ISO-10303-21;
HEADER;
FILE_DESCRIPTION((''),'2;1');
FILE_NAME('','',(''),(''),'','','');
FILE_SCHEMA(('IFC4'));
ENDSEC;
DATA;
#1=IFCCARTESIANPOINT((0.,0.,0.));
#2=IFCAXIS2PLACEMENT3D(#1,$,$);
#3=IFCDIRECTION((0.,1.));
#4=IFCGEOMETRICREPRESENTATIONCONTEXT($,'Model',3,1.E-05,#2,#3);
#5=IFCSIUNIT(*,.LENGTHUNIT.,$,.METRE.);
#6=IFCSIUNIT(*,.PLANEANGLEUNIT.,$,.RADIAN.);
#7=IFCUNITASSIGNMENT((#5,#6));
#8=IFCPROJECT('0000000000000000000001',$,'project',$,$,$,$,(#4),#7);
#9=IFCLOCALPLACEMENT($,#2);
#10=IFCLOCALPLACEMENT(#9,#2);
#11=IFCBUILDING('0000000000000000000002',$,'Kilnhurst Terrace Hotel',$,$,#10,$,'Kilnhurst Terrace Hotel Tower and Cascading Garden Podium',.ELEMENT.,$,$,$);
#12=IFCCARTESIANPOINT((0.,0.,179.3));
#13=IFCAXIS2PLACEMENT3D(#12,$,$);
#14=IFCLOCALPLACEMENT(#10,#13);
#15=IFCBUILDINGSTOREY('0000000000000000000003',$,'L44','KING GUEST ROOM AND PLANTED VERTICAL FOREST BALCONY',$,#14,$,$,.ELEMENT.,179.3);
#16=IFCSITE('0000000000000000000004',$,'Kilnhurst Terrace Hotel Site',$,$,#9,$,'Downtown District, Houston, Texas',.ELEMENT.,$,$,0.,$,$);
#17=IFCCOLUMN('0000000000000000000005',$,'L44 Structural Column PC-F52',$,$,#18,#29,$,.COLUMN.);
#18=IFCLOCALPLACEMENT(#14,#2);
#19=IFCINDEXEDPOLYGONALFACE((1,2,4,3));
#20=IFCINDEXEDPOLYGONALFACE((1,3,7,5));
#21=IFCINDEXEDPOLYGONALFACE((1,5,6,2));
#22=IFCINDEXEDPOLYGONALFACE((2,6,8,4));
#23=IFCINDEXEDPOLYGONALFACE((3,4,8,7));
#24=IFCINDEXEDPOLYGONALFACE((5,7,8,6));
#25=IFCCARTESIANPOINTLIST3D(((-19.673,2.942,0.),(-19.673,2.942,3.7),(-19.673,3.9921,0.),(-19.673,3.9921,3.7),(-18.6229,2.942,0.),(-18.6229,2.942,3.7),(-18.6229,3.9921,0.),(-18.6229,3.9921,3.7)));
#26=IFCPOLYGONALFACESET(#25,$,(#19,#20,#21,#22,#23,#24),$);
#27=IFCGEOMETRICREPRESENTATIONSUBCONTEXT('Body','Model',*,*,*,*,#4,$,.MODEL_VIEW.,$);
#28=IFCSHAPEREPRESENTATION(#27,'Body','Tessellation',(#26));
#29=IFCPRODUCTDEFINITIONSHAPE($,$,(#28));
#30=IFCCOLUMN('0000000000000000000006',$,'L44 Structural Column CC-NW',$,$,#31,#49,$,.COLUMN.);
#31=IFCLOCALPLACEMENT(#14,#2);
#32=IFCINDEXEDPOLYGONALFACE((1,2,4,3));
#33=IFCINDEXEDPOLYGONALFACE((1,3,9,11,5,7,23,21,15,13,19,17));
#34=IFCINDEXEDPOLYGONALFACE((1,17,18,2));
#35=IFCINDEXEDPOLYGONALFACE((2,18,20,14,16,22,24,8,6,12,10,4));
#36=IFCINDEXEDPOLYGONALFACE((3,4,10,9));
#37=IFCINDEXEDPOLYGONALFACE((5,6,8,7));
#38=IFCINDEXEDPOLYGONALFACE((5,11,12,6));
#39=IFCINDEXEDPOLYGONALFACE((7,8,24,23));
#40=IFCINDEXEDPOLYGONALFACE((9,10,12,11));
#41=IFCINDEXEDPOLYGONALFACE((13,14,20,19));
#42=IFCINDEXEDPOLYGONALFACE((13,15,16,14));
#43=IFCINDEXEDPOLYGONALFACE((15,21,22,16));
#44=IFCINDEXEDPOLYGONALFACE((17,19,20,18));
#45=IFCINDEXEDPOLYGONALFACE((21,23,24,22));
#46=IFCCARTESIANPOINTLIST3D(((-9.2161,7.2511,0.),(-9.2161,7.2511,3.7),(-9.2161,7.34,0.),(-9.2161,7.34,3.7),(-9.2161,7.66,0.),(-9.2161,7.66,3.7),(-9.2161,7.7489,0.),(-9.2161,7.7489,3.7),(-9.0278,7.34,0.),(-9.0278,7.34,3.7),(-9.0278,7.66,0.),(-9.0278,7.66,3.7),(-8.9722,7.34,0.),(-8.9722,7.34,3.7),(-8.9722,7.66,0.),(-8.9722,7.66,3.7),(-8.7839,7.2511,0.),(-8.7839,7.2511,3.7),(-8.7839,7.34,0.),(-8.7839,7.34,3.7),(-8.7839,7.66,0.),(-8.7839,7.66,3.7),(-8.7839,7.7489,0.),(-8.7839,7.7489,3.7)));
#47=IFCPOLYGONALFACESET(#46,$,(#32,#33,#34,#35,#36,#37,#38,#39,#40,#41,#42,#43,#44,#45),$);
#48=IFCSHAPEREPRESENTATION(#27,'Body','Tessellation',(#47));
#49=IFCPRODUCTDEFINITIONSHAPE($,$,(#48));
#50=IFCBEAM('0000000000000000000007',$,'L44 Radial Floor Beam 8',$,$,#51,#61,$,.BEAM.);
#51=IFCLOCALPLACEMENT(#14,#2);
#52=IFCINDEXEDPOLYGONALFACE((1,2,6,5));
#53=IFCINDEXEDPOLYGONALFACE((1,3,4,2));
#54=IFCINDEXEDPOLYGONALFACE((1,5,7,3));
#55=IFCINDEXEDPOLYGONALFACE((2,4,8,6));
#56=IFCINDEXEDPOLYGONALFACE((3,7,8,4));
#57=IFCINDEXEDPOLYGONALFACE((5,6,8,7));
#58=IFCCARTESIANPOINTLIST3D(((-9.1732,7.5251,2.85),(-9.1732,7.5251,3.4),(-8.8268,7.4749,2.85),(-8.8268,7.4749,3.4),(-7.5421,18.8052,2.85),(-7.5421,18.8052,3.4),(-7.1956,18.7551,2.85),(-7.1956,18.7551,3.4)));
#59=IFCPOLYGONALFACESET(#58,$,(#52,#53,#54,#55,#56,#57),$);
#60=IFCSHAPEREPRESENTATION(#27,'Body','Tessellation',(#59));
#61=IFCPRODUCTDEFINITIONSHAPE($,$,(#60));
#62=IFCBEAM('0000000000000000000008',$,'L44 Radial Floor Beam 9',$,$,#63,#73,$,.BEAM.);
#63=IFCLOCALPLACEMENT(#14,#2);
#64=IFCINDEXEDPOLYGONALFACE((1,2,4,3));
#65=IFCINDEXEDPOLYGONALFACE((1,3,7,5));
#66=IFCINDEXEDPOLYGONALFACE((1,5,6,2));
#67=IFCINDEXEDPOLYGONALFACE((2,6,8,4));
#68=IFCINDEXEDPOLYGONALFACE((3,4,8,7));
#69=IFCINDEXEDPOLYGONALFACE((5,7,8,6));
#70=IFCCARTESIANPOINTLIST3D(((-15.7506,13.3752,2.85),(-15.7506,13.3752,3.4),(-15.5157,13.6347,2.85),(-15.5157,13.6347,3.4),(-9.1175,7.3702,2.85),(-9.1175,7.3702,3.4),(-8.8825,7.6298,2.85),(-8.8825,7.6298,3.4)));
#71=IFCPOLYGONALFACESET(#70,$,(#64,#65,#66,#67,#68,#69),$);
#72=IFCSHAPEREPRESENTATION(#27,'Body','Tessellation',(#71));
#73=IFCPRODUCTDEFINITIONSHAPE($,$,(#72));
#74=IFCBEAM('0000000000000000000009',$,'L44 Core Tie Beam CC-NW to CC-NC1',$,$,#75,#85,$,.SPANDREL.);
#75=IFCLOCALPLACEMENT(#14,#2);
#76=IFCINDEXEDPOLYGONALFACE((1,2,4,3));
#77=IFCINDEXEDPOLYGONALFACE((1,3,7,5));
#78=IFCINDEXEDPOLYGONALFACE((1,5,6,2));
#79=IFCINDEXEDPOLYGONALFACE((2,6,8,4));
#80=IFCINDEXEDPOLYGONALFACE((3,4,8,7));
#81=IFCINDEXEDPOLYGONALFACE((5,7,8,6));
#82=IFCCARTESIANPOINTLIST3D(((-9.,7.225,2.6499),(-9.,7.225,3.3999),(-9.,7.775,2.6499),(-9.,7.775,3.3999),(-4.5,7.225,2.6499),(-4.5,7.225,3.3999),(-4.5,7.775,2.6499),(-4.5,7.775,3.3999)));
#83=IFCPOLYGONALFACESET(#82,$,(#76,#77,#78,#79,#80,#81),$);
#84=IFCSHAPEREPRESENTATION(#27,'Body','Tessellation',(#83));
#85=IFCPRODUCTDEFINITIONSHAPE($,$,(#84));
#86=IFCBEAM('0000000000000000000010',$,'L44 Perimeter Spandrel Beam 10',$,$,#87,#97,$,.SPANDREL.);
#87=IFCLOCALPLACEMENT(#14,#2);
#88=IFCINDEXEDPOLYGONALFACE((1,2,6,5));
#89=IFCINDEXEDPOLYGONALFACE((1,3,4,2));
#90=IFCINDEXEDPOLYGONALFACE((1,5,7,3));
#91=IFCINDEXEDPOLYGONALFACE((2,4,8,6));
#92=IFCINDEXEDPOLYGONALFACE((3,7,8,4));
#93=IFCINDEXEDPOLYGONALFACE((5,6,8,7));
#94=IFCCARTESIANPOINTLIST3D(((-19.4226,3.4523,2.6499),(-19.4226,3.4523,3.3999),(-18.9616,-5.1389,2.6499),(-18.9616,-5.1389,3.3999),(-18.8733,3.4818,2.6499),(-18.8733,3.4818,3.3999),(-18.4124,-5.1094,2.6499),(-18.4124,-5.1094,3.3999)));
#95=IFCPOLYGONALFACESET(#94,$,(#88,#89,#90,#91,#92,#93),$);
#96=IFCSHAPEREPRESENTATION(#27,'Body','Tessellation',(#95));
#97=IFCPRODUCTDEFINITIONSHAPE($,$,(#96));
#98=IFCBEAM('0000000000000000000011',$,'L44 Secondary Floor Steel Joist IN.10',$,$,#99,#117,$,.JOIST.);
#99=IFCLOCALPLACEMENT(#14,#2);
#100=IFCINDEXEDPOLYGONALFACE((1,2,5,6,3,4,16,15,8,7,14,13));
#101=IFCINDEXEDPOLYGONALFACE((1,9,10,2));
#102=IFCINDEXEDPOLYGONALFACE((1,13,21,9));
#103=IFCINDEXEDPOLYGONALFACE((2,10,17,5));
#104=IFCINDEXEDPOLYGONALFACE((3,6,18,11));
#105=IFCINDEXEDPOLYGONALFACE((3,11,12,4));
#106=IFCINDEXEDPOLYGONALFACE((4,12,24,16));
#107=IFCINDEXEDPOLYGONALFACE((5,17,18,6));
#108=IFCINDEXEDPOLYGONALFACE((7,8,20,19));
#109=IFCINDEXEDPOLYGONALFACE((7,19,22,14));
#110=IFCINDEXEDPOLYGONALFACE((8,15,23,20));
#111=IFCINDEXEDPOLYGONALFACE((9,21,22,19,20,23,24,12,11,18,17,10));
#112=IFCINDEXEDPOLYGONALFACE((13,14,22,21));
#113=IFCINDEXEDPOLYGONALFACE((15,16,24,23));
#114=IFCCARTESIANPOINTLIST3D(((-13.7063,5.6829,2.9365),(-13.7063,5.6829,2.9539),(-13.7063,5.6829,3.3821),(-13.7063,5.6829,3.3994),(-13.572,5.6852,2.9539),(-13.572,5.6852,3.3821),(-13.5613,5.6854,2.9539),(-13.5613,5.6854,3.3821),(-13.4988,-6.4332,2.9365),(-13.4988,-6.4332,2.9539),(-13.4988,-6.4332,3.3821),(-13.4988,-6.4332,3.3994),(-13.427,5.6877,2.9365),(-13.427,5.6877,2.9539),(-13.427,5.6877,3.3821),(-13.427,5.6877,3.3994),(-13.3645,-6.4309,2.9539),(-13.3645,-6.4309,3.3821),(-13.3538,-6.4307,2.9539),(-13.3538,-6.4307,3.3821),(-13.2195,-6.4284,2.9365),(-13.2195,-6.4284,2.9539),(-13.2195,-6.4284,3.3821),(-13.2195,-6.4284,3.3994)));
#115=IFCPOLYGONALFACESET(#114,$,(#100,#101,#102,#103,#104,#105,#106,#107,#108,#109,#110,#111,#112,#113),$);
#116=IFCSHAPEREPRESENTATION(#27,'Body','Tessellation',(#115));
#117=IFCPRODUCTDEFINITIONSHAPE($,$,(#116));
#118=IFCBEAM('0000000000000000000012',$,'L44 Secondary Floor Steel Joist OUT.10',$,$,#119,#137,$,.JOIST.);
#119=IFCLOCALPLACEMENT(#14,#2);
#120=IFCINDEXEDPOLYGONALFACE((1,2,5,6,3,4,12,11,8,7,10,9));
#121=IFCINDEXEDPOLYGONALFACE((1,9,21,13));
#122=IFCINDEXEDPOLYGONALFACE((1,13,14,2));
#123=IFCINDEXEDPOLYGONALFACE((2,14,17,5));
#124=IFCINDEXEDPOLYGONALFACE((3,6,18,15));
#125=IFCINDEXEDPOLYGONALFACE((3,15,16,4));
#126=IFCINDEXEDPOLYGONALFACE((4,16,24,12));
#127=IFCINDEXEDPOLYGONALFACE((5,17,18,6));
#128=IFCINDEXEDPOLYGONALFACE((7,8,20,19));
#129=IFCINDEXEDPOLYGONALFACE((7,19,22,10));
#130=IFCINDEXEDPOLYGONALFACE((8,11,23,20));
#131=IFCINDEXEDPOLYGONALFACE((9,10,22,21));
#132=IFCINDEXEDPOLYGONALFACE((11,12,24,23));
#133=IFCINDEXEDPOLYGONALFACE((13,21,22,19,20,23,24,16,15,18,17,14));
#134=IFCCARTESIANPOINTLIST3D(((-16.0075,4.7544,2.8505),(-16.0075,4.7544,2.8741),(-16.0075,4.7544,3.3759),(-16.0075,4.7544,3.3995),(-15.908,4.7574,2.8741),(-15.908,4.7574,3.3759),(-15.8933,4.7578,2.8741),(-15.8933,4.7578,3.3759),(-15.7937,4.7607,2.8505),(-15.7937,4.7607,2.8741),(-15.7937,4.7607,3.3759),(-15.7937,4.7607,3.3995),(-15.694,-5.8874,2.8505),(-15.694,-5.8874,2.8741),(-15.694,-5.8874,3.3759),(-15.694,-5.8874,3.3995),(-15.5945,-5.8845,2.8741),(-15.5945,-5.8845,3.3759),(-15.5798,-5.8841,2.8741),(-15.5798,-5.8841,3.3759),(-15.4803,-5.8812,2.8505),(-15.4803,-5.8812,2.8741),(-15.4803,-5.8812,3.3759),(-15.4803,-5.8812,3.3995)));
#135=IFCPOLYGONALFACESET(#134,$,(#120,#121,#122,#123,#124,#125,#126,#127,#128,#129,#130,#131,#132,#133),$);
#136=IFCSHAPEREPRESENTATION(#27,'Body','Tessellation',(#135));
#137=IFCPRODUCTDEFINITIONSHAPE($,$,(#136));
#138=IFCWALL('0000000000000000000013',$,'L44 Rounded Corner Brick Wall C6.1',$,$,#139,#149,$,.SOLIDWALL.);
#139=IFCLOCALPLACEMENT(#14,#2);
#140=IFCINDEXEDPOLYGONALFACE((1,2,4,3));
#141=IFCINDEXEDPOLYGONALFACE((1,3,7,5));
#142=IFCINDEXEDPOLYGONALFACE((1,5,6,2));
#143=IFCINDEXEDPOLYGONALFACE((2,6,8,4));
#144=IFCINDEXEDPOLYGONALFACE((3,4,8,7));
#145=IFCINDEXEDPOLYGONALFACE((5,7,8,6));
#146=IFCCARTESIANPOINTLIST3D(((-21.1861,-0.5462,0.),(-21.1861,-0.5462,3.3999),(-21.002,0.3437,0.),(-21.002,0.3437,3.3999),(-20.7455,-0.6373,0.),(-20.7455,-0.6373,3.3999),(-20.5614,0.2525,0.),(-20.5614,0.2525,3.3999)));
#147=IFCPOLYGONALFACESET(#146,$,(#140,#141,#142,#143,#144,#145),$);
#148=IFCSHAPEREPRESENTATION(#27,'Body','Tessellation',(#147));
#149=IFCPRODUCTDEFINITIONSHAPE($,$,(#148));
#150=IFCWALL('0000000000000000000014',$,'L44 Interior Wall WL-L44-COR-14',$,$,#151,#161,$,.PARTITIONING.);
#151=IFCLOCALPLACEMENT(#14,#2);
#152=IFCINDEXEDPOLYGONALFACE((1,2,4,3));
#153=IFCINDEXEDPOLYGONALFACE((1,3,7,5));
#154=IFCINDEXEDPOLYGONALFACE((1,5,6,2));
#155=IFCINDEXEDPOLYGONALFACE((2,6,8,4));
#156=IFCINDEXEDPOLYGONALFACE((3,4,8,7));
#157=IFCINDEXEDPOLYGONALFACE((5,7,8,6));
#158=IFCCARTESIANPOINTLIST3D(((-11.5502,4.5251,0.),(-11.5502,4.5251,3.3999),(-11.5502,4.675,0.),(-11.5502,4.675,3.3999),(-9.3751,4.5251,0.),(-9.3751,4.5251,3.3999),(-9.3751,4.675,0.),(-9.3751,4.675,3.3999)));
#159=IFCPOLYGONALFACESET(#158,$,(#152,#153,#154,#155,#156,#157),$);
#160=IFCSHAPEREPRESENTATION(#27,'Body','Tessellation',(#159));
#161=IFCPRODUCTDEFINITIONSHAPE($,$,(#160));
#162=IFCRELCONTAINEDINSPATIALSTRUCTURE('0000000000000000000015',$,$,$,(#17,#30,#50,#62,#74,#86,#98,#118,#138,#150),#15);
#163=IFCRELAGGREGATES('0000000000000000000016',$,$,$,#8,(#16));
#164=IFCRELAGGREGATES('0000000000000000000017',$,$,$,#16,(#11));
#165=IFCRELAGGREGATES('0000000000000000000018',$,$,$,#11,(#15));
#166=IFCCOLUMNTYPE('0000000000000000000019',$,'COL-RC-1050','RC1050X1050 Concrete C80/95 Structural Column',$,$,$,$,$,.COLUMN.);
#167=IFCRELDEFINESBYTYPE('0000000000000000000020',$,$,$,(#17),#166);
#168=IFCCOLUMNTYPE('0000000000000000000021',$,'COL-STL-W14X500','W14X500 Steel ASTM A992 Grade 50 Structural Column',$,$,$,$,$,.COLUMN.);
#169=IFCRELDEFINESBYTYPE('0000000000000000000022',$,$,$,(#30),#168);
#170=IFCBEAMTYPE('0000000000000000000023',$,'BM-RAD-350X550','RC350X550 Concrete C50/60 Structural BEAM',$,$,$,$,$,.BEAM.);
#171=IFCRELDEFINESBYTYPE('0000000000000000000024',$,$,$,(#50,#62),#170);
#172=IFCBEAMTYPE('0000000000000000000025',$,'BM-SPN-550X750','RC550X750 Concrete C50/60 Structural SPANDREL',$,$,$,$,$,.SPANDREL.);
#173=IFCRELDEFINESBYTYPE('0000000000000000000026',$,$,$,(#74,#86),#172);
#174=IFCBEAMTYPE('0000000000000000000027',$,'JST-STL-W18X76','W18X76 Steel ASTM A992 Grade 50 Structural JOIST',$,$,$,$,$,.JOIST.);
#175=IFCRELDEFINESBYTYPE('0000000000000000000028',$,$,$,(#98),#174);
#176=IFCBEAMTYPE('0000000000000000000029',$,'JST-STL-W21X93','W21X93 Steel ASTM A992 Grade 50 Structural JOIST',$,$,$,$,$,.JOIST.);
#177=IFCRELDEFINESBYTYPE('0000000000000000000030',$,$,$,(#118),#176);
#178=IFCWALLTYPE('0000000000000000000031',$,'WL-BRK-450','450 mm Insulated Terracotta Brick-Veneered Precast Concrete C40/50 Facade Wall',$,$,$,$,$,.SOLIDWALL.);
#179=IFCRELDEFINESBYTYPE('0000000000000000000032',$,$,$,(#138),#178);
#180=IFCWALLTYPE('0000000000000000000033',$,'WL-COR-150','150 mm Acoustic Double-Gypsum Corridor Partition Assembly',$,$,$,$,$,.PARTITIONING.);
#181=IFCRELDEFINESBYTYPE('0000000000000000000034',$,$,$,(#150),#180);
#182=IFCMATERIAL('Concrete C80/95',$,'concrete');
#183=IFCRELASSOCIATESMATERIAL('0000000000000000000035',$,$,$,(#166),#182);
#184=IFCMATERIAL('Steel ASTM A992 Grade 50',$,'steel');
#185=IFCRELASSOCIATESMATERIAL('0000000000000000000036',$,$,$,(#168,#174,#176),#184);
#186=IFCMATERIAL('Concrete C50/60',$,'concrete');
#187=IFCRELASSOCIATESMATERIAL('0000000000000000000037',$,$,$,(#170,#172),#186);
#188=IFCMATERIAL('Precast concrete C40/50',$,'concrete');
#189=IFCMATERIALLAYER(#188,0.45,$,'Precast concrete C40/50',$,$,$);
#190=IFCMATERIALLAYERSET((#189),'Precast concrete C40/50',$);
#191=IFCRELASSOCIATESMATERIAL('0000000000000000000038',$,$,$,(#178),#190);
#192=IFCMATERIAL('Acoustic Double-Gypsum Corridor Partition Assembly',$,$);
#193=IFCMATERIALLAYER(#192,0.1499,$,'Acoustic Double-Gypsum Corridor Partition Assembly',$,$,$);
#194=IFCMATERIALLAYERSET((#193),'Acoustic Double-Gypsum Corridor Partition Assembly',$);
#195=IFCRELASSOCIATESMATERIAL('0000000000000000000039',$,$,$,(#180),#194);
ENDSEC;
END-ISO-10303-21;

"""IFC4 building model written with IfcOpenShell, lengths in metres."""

from ifc_helpers import new_model, si_unit, direction, frame, frame_2d, origin, origin_2d, place, context, subcontext, project, spatial, rectangle, i_section, extrude, material, layer, layer_set, material_profile, profile_set, type_object, element, save


model = new_model("IFC4")

# Units and contexts
model_context = context("Model", 3, precision=1e-05, world=origin(), true_north=direction((0.0, 1.0)))
body_context = subcontext(model_context, "Body", "Model", "MODEL_VIEW")
ifc_project = project(units=[si_unit("LENGTHUNIT", "METRE"), si_unit("PLANEANGLEUNIT", "RADIAN")], contexts=[model_context])

# Site, building, storey
site_placement = place(None, origin())
site = spatial("IfcSite", under=ifc_project, at=site_placement, Name="Kilnhurst Terrace Hotel Site", LongName="Downtown District, Houston, Texas", CompositionType="ELEMENT", RefElevation=0.0)
building_placement = place(site_placement, origin())
building = spatial("IfcBuilding", under=site, at=building_placement, Name="Kilnhurst Terrace Hotel", LongName="Kilnhurst Terrace Hotel Tower and Cascading Garden Podium", CompositionType="ELEMENT")
storey_placement = place(building_placement, frame((0.0, 0.0, 179.3)))
storey = spatial("IfcBuildingStorey", under=building, at=storey_placement, Name="L44", Description="KING GUEST ROOM AND PLANTED VERTICAL FOREST BALCONY", CompositionType="ELEMENT", Elevation=179.3)

# Columns
ifc_material_1 = material(Name="Concrete C80/95", Category="concrete")
ifc_material_profile_1 = material_profile(ifc_material_1, rectangle(XDim=1.05, YDim=1.05, at=origin_2d()), Name="RC1050X1050")
ifc_profile_set_1 = profile_set([ifc_material_profile_1], Name="Concrete C80/95")
column_type_1 = type_object("IfcColumnType", Name="COL-RC-1050", Description="RC1050X1050 Concrete C80/95 Structural Column", PredefinedType="COLUMN", material=ifc_profile_set_1)
column_1_placement = place(storey_placement, frame((-19.1479, 3.467, 0.0), z_axis=(0.0, 0.0, 1.0), x_axis=(1.0, 0.0, 0.0)))
element("IfcColumn", 1, at=column_1_placement, inside=storey, type_object=column_type_1, Name="L44 Structural Column PC-F52", PredefinedType="COLUMN", context=body_context, shape_type="SweptSolid", body=[
    extrude(rectangle(XDim=1.05, YDim=1.05, at=origin_2d()), origin(), (0.0, 0.0, 1.0), 3.7),
])
ifc_material_2 = material(Name="Steel ASTM A992 Grade 50", Category="steel")
ifc_material_profile_2 = material_profile(ifc_material_2, i_section(OverallWidth=0.4321, OverallDepth=0.4978, WebThickness=0.0557, FlangeThickness=0.0889, at=origin_2d()), Name="W14X500")
ifc_profile_set_2 = profile_set([ifc_material_profile_2], Name="Steel ASTM A992 Grade 50")
column_type_2 = type_object("IfcColumnType", Name="COL-STL-W14X500", Description="W14X500 Steel ASTM A992 Grade 50 Structural Column", PredefinedType="COLUMN", material=ifc_profile_set_2)
column_2_placement = place(storey_placement, frame((-9.0, 7.5, 0.0), z_axis=(0.0, 0.0, 1.0), x_axis=(1.0, 0.0, 0.0)))
element("IfcColumn", 2, at=column_2_placement, inside=storey, type_object=column_type_2, Name="L44 Structural Column CC-NW", PredefinedType="COLUMN", context=body_context, shape_type="SweptSolid", body=[
    extrude(i_section(OverallWidth=0.4321, OverallDepth=0.4978, WebThickness=0.0557, FlangeThickness=0.0889, at=origin_2d()), origin(), (0.0, 0.0, 1.0), 3.7),
])

# Beams
ifc_material_3 = material(Name="Concrete C50/60", Category="concrete")
ifc_material_profile_3 = material_profile(ifc_material_3, rectangle(XDim=0.3501, YDim=0.55, at=origin_2d()), Name="RC350X550")
ifc_profile_set_3 = profile_set([ifc_material_profile_3], Name="Concrete C50/60")
beam_type_1 = type_object("IfcBeamType", Name="BM-RAD-350X550", Description="RC350X550 Concrete C50/60 Structural BEAM", PredefinedType="BEAM", material=ifc_profile_set_3)
beam_1_placement = place(storey_placement, frame((-9.0, 7.5, 3.125), z_axis=(0.143113, 0.989706, 0.0), x_axis=(-0.989706, 0.143113, 0.0)))
element("IfcBeam", 3, at=beam_1_placement, inside=storey, type_object=beam_type_1, Name="L44 Radial Floor Beam 8", PredefinedType="BEAM", context=body_context, shape_type="SweptSolid", body=[
    extrude(rectangle(XDim=0.3501, YDim=0.55, at=origin_2d()), origin(), (0.0, 0.0, 1.0), 11.3975),
])
beam_2_placement = place(storey_placement, frame((-9.0, 7.5, 3.125), z_axis=(-0.741339, 0.671131, 0.0), x_axis=(-0.671131, -0.741339, 0.0)))
element("IfcBeam", 4, at=beam_2_placement, inside=storey, type_object=beam_type_1, Name="L44 Radial Floor Beam 9", PredefinedType="BEAM", context=body_context, shape_type="SweptSolid", body=[
    extrude(rectangle(XDim=0.3501, YDim=0.55, at=origin_2d()), origin(), (0.0, 0.0, 1.0), 8.9475),
])
ifc_material_profile_4 = material_profile(ifc_material_3, rectangle(XDim=0.55, YDim=0.75, at=origin_2d()), Name="RC550X750")
ifc_profile_set_4 = profile_set([ifc_material_profile_4], Name="Concrete C50/60")
beam_type_2 = type_object("IfcBeamType", Name="BM-SPN-550X750", Description="RC550X750 Concrete C50/60 Structural SPANDREL", PredefinedType="SPANDREL", material=ifc_profile_set_4)
beam_3_placement = place(storey_placement, frame((-9.0, 7.5, 3.0249), z_axis=(1.0, 0.0, 0.0), x_axis=(0.0, 1.0, 0.0)))
element("IfcBeam", 5, at=beam_3_placement, inside=storey, type_object=beam_type_2, Name="L44 Core Tie Beam CC-NW to CC-NC1", PredefinedType="SPANDREL", context=body_context, shape_type="SweptSolid", body=[
    extrude(rectangle(XDim=0.55, YDim=0.75, at=origin_2d()), origin(), (0.0, 0.0, 1.0), 4.5),
])
beam_4_placement = place(storey_placement, frame((-19.1479, 3.467, 3.0249), z_axis=(0.053576, -0.998564, 0.0), x_axis=(0.998564, 0.053576, 0.0)))
element("IfcBeam", 6, at=beam_4_placement, inside=storey, type_object=beam_type_2, Name="L44 Perimeter Spandrel Beam 10", PredefinedType="SPANDREL", context=body_context, shape_type="SweptSolid", body=[
    extrude(rectangle(XDim=0.55, YDim=0.75, at=origin_2d()), origin(), (0.0, 0.0, 1.0), 8.6035),
])
ifc_material_profile_5 = material_profile(ifc_material_2, i_section(OverallWidth=0.2793, OverallDepth=0.4629, WebThickness=0.0107, FlangeThickness=0.0173, at=origin_2d()), Name="W18X76")
ifc_profile_set_5 = profile_set([ifc_material_profile_5], Name="Steel ASTM A992 Grade 50")
beam_type_3 = type_object("IfcBeamType", Name="JST-STL-W18X76", Description="W18X76 Steel ASTM A992 Grade 50 Structural JOIST", PredefinedType="JOIST", material=ifc_profile_set_5)
beam_5_placement = place(storey_placement, frame((-13.5667, 5.6853, 3.168), z_axis=(0.017125, -0.999853, 0.0), x_axis=(0.999853, 0.017125, 0.0)))
element("IfcBeam", 7, at=beam_5_placement, inside=storey, type_object=beam_type_3, Name="L44 Secondary Floor Steel Joist IN.10", PredefinedType="JOIST", context=body_context, shape_type="SweptSolid", body=[
    extrude(i_section(OverallWidth=0.2793, OverallDepth=0.4629, WebThickness=0.0107, FlangeThickness=0.0173, at=origin_2d()), origin(), (0.0, 0.0, 1.0), 12.1179),
])
ifc_material_profile_6 = material_profile(ifc_material_2, i_section(OverallWidth=0.2139, OverallDepth=0.5491, WebThickness=0.0146, FlangeThickness=0.0237, at=origin_2d()), Name="W21X93")
ifc_profile_set_6 = profile_set([ifc_material_profile_6], Name="Steel ASTM A992 Grade 50")
beam_type_4 = type_object("IfcBeamType", Name="JST-STL-W21X93", Description="W21X93 Steel ASTM A992 Grade 50 Structural JOIST", PredefinedType="JOIST", material=ifc_profile_set_6)
beam_6_placement = place(storey_placement, frame((-15.9006, 4.7576, 3.125), z_axis=(0.029444, -0.999566, 0.0), x_axis=(0.999566, 0.029444, 0.0)))
element("IfcBeam", 8, at=beam_6_placement, inside=storey, type_object=beam_type_4, Name="L44 Secondary Floor Steel Joist OUT.10", PredefinedType="JOIST", context=body_context, shape_type="SweptSolid", body=[
    extrude(i_section(OverallWidth=0.2139, OverallDepth=0.5491, WebThickness=0.0146, FlangeThickness=0.0237, at=origin_2d()), origin(), (0.0, 0.0, 1.0), 10.6465),
])

# Walls
ifc_material_4 = material(Name="Precast concrete C40/50", Category="concrete")
ifc_layer_1 = layer(ifc_material_4, 0.45, Name="Precast concrete C40/50")
ifc_layer_set_1 = layer_set([ifc_layer_1], Name="Precast concrete C40/50")
wall_type_1 = type_object("IfcWallType", Name="WL-BRK-450", Description="450 mm Insulated Terracotta Brick-Veneered Precast Concrete C40/50 Facade Wall", PredefinedType="SOLIDWALL", material=ifc_layer_set_1)
wall_1_placement = place(storey_placement, frame((-20.7817, 0.2981, 0.0), z_axis=(0.0, 0.0, 1.0), x_axis=(-0.20257, -0.979268, 0.0)))
element("IfcWall", 9, at=wall_1_placement, inside=storey, type_object=wall_type_1, Name="L44 Rounded Corner Brick Wall C6.1", PredefinedType="SOLIDWALL", context=body_context, shape_type="SweptSolid", body=[
    extrude(rectangle(XDim=0.9087, YDim=0.45, at=frame_2d((0.4543, 0.0))), origin(), (0.0, 0.0, 1.0), 3.3999),
])
ifc_material_5 = material(Name="Acoustic Double-Gypsum Corridor Partition Assembly")
ifc_layer_2 = layer(ifc_material_5, 0.1499, Name="Acoustic Double-Gypsum Corridor Partition Assembly")
ifc_layer_set_2 = layer_set([ifc_layer_2], Name="Acoustic Double-Gypsum Corridor Partition Assembly")
wall_type_2 = type_object("IfcWallType", Name="WL-COR-150", Description="150 mm Acoustic Double-Gypsum Corridor Partition Assembly", PredefinedType="PARTITIONING", material=ifc_layer_set_2)
wall_2_placement = place(storey_placement, frame((-11.55, 4.6001, 0.0), z_axis=(0.0, 0.0, 1.0), x_axis=(1.0, 0.0, 0.0)))
element("IfcWall", 10, at=wall_2_placement, inside=storey, type_object=wall_type_2, Name="L44 Interior Wall WL-L44-COR-14", PredefinedType="PARTITIONING", context=body_context, shape_type="SweptSolid", body=[
    extrude(rectangle(XDim=2.175, YDim=0.1499, at=frame_2d((1.0874, 0.0))), origin(), (0.0, 0.0, 1.0), 3.3999),
])

save(model, "model.ifc")
